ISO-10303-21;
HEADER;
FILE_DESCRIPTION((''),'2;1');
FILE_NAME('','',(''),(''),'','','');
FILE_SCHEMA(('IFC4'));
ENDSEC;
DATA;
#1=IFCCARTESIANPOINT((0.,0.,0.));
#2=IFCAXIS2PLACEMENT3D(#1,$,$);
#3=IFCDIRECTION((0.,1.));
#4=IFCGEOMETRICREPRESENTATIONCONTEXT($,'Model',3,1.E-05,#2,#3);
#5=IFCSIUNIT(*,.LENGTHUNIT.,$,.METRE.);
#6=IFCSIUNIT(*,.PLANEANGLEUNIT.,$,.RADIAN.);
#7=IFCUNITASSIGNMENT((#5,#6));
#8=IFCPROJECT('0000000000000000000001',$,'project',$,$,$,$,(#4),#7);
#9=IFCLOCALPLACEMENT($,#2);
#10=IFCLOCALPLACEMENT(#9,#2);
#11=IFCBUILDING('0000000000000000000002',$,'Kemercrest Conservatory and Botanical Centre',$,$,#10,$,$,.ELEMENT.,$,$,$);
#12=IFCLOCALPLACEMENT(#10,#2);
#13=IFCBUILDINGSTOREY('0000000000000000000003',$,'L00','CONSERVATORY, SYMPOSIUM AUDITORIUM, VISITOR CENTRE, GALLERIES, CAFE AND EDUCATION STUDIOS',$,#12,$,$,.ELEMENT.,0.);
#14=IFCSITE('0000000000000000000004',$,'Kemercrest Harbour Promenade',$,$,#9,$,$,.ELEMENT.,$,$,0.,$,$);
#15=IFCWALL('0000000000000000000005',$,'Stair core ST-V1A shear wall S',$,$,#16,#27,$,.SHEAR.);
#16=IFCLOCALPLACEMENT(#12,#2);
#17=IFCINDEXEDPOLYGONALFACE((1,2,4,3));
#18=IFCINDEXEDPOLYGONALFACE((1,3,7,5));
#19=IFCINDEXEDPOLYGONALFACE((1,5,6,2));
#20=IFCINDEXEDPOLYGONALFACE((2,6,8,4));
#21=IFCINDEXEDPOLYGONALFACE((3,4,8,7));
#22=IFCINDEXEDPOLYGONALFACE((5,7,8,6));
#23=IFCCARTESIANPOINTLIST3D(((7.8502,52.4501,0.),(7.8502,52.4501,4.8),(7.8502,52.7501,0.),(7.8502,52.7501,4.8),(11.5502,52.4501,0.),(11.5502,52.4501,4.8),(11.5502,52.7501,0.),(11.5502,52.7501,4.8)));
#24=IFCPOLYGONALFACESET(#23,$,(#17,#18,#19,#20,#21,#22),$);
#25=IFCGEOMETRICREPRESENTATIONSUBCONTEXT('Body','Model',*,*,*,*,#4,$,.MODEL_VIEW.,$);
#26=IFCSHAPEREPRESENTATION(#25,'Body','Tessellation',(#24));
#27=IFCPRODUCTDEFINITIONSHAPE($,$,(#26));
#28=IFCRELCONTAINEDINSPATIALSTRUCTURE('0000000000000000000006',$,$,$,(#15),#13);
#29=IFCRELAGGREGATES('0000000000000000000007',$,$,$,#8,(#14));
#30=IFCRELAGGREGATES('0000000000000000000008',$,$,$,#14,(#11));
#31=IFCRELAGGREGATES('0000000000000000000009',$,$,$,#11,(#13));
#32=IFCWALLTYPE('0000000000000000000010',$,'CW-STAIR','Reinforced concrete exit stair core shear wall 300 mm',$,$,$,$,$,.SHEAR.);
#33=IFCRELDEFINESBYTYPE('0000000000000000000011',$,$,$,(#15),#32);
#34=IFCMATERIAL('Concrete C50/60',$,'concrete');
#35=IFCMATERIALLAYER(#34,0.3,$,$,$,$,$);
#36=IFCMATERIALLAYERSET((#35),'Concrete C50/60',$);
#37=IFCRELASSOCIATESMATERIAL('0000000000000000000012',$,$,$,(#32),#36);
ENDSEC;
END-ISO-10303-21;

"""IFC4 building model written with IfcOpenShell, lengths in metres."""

from ifc_helpers import new_model, si_unit, direction, frame, frame_2d, origin, place, context, subcontext, project, spatial, rectangle, extrude, material, layer, layer_set, type_object, element, save


model = new_model("IFC4")

# Units and contexts
model_context = context("Model", 3, precision=1e-05, world=origin(), true_north=direction((0.0, 1.0)))
body_context = subcontext(model_context, "Body", "Model", "MODEL_VIEW")
ifc_project = project(units=[si_unit("LENGTHUNIT", "METRE"), si_unit("PLANEANGLEUNIT", "RADIAN")], contexts=[model_context])

# Site, building, storey
site_placement = place(None, origin())
site = spatial("IfcSite", under=ifc_project, at=site_placement, Name="Kemercrest Harbour Promenade", CompositionType="ELEMENT", RefElevation=0.0)
building_placement = place(site_placement, origin())
building = spatial("IfcBuilding", under=site, at=building_placement, Name="Kemercrest Conservatory and Botanical Centre", CompositionType="ELEMENT")
storey_placement = place(building_placement, origin())
storey = spatial("IfcBuildingStorey", under=building, at=storey_placement, Name="L00", Description="CONSERVATORY, SYMPOSIUM AUDITORIUM, VISITOR CENTRE, GALLERIES, CAFE AND EDUCATION STUDIOS", CompositionType="ELEMENT", Elevation=0.0)

# Wall
ifc_material_1 = material(Name="Concrete C50/60", Category="concrete")
ifc_layer_1 = layer(ifc_material_1, 0.3)
ifc_layer_set_1 = layer_set([ifc_layer_1], Name="Concrete C50/60")
wall_type = type_object("IfcWallType", Name="CW-STAIR", Description="Reinforced concrete exit stair core shear wall 300 mm", PredefinedType="SHEAR", material=ifc_layer_set_1)
wall_placement = place(storey_placement, frame((7.8501, 52.6001, 0.0), z_axis=(0.0, 0.0, 1.0), x_axis=(1.0, 0.0, 0.0)))
element("IfcWall", 1, at=wall_placement, inside=storey, type_object=wall_type, Name="Stair core ST-V1A shear wall S", PredefinedType="SHEAR", context=body_context, shape_type="SweptSolid", body=[
    extrude(rectangle(XDim=3.7, YDim=0.3, at=frame_2d((1.8501, 0.0))), origin(), (0.0, 0.0, 1.0), 4.8),
])

save(model, "model.ifc")
